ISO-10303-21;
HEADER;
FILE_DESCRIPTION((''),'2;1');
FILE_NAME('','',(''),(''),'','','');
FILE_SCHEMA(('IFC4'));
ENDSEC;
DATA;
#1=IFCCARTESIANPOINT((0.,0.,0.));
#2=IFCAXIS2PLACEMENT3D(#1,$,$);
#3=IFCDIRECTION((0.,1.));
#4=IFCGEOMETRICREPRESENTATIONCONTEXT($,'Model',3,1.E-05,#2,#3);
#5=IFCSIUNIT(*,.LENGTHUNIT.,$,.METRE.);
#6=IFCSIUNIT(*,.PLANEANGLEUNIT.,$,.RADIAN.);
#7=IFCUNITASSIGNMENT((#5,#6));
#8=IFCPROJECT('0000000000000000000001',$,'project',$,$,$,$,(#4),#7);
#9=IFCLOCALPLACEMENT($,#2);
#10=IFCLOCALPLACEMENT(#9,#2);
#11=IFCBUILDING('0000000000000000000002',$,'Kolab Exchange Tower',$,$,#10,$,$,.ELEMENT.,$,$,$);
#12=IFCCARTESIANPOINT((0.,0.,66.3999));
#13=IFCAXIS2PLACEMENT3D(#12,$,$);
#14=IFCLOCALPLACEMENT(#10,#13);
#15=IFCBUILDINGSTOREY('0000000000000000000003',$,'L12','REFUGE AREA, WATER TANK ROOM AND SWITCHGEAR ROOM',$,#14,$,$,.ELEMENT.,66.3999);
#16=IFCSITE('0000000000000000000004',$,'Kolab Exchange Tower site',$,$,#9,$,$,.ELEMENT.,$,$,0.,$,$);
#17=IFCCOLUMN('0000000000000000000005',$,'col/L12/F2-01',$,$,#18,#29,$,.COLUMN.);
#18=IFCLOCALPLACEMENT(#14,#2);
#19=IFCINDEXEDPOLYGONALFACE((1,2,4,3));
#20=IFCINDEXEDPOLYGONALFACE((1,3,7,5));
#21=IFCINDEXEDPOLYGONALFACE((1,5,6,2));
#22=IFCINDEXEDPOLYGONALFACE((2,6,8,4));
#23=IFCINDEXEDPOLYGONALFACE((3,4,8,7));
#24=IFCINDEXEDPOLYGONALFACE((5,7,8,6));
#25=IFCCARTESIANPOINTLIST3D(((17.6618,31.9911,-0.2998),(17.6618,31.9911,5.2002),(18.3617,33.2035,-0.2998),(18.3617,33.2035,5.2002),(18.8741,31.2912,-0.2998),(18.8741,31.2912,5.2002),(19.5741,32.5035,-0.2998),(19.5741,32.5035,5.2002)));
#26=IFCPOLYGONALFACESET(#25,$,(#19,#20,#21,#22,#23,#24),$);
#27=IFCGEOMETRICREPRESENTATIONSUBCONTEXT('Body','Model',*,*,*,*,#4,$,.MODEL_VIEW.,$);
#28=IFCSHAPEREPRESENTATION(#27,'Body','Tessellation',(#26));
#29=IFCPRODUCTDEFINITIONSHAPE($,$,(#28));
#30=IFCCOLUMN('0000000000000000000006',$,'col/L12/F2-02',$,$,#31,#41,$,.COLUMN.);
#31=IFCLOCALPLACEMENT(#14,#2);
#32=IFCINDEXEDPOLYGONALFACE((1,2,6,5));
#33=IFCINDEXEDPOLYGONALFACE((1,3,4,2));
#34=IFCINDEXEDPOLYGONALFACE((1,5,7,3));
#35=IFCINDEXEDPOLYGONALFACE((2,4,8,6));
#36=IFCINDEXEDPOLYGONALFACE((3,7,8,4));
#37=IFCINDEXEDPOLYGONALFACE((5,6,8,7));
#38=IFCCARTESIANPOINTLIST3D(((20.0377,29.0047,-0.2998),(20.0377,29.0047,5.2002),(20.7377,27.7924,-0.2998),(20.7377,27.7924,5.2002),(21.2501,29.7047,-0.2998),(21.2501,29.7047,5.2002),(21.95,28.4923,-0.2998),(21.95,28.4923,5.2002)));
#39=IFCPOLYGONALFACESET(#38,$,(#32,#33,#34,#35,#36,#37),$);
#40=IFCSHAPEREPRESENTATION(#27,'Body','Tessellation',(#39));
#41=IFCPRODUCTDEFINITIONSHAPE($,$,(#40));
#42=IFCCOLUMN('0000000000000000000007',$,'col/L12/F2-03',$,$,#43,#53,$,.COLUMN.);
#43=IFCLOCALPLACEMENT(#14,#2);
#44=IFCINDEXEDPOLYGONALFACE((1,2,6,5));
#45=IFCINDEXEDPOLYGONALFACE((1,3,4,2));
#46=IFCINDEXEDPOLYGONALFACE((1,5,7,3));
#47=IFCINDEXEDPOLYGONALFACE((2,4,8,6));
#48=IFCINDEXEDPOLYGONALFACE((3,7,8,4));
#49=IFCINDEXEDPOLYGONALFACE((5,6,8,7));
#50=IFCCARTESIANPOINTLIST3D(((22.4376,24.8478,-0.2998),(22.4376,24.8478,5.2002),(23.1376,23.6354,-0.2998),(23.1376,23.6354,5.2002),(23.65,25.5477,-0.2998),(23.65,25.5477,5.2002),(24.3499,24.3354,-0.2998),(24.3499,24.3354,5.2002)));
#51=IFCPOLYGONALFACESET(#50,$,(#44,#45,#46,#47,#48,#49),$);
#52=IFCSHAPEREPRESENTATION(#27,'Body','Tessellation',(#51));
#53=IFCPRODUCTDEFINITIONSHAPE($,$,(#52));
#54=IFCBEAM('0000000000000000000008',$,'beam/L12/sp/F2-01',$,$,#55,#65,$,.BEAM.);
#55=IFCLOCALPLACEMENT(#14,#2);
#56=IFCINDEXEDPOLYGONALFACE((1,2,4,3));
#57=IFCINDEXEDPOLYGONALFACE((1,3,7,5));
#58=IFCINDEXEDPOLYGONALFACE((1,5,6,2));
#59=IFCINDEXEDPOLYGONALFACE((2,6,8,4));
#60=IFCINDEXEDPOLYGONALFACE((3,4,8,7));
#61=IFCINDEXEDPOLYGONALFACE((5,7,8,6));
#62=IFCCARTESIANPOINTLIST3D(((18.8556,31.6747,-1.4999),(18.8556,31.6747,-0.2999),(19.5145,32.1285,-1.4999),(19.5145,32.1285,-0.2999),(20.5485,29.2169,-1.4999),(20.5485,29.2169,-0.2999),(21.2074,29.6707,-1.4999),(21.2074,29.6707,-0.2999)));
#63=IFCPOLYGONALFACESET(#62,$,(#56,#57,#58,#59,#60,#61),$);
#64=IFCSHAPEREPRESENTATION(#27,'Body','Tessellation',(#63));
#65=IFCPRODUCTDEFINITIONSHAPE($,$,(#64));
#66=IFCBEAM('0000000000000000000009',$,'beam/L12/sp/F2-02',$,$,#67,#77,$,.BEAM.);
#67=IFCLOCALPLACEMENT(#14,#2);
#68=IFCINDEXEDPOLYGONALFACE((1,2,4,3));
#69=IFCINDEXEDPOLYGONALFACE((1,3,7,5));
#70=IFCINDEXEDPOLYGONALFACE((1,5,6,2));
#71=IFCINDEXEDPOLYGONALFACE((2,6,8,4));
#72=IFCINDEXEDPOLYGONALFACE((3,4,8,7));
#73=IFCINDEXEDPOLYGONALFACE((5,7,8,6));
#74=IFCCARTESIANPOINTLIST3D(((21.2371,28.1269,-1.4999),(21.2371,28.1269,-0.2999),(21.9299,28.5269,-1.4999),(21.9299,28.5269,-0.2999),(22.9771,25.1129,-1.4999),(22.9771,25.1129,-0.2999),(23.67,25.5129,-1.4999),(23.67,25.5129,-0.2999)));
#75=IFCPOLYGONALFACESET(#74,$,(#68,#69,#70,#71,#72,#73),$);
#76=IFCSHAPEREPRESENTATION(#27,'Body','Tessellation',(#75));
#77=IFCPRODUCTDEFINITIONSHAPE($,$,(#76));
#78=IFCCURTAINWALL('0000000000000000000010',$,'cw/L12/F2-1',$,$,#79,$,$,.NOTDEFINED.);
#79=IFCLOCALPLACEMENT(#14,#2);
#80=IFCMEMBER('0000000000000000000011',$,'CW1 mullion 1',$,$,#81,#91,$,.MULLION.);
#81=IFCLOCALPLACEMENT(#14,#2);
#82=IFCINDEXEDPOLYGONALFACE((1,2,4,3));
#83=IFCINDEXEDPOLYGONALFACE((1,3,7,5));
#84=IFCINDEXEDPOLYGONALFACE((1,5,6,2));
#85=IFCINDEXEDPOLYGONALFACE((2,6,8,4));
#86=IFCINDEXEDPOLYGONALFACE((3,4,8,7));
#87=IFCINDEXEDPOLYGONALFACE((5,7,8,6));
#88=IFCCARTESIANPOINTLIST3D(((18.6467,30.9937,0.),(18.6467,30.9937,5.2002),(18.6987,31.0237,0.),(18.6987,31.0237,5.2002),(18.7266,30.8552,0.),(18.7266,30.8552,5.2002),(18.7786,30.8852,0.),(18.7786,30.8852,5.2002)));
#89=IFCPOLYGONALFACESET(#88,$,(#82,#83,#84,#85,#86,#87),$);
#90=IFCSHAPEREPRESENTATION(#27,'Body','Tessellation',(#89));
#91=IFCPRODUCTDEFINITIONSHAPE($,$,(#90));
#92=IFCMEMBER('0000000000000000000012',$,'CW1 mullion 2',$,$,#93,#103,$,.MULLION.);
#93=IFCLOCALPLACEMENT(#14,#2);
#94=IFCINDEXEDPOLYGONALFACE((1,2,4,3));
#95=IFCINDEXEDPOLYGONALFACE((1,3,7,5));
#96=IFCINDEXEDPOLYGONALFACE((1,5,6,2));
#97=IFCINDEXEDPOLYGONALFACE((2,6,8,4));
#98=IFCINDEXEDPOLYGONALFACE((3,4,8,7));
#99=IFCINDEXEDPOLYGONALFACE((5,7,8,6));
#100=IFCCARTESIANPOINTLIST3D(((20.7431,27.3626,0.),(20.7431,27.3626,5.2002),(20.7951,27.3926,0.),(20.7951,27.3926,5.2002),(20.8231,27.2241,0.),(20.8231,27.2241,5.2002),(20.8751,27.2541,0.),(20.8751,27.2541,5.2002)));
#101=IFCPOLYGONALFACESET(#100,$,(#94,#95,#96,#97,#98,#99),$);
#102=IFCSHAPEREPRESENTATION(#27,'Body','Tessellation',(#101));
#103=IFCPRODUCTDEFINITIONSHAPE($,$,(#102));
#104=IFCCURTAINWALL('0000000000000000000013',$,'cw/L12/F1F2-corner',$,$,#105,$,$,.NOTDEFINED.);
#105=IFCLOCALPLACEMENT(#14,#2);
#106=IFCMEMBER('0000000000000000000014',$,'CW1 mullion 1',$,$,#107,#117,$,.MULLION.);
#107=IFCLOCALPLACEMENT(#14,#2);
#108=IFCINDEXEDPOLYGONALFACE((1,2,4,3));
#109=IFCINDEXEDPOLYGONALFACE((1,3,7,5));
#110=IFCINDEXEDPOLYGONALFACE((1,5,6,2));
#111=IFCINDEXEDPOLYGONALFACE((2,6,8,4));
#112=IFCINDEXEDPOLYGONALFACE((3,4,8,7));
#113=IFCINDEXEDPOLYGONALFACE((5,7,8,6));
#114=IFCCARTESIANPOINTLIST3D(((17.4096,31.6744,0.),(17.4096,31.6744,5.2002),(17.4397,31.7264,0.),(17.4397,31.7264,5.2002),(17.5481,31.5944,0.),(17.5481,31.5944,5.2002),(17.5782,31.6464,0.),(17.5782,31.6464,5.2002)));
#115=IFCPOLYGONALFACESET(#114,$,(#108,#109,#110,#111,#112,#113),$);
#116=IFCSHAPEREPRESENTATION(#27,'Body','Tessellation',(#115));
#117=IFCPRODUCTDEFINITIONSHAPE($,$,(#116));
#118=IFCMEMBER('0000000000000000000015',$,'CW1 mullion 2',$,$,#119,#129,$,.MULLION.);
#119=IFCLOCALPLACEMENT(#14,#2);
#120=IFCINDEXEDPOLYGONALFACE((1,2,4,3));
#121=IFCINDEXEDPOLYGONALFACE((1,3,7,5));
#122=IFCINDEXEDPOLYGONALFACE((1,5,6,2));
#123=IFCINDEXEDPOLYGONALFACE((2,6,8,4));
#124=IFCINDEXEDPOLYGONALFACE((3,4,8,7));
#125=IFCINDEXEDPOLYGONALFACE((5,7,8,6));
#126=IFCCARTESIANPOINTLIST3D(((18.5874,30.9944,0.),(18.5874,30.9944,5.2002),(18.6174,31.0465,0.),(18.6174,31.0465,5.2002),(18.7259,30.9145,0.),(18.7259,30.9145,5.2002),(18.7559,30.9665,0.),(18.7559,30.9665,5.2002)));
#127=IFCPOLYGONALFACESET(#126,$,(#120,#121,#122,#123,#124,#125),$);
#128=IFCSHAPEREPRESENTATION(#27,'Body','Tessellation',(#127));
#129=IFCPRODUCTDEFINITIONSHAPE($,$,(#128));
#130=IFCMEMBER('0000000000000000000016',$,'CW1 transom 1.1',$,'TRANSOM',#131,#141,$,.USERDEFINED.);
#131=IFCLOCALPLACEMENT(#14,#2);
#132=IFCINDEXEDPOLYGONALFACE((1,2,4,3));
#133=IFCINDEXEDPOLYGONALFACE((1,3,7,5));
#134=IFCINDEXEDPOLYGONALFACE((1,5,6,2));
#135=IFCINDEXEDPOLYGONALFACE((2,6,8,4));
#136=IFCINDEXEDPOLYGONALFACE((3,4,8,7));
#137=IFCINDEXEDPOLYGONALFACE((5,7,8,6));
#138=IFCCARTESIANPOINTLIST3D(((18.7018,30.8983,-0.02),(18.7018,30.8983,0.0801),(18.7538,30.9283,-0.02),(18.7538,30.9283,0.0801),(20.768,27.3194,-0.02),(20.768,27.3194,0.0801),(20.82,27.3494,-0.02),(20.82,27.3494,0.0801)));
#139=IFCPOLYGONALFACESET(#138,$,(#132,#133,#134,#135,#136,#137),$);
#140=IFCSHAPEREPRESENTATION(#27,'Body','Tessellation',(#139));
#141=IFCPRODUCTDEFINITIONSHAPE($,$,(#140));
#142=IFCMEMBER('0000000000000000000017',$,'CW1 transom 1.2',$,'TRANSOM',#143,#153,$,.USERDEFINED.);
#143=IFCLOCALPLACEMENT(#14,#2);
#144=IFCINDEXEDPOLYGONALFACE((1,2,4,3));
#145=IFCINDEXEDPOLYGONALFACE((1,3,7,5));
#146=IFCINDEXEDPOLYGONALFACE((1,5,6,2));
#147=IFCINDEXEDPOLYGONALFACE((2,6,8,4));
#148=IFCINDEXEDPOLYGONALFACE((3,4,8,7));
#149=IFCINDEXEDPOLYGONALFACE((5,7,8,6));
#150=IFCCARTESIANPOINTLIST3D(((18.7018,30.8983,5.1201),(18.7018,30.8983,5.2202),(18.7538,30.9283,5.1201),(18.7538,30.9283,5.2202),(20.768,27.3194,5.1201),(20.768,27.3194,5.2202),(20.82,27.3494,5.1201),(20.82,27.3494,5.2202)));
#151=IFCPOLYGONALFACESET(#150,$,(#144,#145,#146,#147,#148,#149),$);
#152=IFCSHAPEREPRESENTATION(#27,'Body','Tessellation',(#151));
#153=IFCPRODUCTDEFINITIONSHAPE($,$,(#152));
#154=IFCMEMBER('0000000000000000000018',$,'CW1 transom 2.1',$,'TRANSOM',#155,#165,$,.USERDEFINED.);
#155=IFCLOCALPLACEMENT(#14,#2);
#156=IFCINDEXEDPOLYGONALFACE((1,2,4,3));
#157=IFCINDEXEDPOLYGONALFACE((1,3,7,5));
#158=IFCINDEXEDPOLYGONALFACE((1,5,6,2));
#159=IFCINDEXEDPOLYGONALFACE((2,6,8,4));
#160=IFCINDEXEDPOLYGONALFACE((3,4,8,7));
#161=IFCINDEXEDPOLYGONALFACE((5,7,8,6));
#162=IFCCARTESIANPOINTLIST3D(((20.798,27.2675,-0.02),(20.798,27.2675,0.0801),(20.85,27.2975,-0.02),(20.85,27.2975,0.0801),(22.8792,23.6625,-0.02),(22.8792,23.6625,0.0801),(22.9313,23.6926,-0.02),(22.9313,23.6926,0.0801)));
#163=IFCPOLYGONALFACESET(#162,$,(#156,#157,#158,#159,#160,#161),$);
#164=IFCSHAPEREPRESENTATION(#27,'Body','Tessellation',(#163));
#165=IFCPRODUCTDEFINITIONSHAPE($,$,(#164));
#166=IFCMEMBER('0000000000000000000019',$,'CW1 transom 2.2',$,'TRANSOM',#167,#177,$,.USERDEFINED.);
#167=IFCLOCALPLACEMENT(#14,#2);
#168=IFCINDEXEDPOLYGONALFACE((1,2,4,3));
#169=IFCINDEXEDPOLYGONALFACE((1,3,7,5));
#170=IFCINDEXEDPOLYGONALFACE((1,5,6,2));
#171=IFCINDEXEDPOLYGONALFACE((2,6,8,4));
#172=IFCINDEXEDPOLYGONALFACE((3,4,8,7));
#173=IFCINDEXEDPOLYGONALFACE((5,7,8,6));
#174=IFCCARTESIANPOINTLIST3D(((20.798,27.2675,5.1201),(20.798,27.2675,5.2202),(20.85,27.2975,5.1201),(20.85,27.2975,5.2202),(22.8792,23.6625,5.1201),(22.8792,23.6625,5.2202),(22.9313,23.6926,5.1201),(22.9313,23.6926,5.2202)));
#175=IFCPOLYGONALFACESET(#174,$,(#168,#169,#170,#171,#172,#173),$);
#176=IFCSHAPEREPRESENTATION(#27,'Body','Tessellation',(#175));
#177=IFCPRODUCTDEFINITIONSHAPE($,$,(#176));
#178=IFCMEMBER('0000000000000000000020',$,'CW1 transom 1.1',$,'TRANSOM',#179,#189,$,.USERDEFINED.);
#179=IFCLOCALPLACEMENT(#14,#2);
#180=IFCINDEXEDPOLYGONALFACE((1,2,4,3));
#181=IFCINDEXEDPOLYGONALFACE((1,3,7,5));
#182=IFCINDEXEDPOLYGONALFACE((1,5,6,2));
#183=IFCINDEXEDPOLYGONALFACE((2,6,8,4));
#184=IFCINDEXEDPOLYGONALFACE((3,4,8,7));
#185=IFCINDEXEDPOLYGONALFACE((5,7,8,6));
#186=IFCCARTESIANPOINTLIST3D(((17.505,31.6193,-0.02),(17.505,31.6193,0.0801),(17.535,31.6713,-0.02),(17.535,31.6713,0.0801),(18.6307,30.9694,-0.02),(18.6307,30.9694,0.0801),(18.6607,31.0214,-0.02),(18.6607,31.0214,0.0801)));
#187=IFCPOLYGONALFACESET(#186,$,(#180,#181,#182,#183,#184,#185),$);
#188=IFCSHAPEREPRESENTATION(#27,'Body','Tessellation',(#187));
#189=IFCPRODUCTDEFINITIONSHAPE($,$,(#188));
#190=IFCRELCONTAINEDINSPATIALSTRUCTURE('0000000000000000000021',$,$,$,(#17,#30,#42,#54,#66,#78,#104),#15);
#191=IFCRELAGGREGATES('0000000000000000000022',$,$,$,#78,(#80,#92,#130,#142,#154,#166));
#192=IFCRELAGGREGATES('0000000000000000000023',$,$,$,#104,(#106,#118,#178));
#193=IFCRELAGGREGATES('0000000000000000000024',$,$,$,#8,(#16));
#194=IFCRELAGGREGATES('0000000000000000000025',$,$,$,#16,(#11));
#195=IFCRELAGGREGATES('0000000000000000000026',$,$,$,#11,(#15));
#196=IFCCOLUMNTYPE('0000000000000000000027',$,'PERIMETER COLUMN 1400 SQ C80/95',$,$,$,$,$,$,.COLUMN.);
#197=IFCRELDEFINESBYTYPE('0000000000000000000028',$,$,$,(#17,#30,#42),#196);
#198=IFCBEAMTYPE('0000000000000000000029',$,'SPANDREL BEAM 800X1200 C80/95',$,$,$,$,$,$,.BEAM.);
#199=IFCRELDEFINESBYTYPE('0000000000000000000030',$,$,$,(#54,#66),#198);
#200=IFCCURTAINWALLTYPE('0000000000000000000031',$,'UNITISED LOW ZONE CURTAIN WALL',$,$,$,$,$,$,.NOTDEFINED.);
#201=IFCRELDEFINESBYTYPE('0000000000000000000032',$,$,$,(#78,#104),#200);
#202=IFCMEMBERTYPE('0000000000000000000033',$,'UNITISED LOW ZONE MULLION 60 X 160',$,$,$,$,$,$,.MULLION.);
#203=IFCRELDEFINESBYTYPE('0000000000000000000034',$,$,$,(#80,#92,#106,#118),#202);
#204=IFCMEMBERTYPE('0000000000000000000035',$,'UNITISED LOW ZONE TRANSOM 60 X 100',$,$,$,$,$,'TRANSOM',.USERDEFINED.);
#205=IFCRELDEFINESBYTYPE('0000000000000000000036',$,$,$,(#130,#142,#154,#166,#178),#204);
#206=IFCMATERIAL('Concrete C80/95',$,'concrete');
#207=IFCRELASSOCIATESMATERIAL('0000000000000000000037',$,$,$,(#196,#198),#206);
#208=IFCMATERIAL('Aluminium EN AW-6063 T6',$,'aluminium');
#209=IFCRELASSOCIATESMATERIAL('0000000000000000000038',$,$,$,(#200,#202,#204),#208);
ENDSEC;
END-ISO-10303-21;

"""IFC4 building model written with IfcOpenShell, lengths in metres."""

from ifc_helpers import new_model, si_unit, direction, frame, origin, origin_2d, place, context, subcontext, project, spatial, rectangle, extrude, material, material_profile, profile_set, type_object, element, aggregate, save


model = new_model("IFC4")

# Units and contexts
model_context = context("Model", 3, precision=1e-05, world=origin(), true_north=direction((0.0, 1.0)))
body_context = subcontext(model_context, "Body", "Model", "MODEL_VIEW")
ifc_project = project(units=[si_unit("LENGTHUNIT", "METRE"), si_unit("PLANEANGLEUNIT", "RADIAN")], contexts=[model_context])

# Site, building, storey
site_placement = place(None, origin())
site = spatial("IfcSite", under=ifc_project, at=site_placement, Name="Kolab Exchange Tower site", CompositionType="ELEMENT", RefElevation=0.0)
building_placement = place(site_placement, origin())
building = spatial("IfcBuilding", under=site, at=building_placement, Name="Kolab Exchange Tower", CompositionType="ELEMENT")
storey_placement = place(building_placement, frame((0.0, 0.0, 66.3999)))
storey = spatial("IfcBuildingStorey", under=building, at=storey_placement, Name="L12", Description="REFUGE AREA, WATER TANK ROOM AND SWITCHGEAR ROOM", CompositionType="ELEMENT", Elevation=66.3999)

# Columns
ifc_material_1 = material(Name="Concrete C80/95", Category="concrete")
ifc_material_profile_1 = material_profile(ifc_material_1, rectangle(XDim=1.3999, YDim=1.3999, at=origin_2d()), Name="RC1400")
ifc_profile_set_1 = profile_set([ifc_material_profile_1], Name="Concrete C80/95")
column_type = type_object("IfcColumnType", Name="PERIMETER COLUMN 1400 SQ C80/95", PredefinedType="COLUMN", material=ifc_profile_set_1)
for number, where, z_axis, x_axis, name in (
    (1, (18.6179, 32.2473, -0.2998), (0.0, 0.0, 1.0), (0.5, 0.866025, 0.0), "col/L12/F2-01"),
    (2, (20.9939, 28.7485, -0.2998), (0.0, 0.0, 1.0), (0.866025, 0.5, 0.0), "col/L12/F2-02"),
    (3, (23.3938, 24.5916, -0.2998), (0.0, 0.0, 1.0), (0.866025, 0.5, 0.0), "col/L12/F2-03"),
):
    element("IfcColumn", number, at=place(storey_placement, frame(where, z_axis=z_axis, x_axis=x_axis)), inside=storey, type_object=column_type, Name=name, PredefinedType="COLUMN", context=body_context, shape_type="SweptSolid", body=[
        extrude(rectangle(XDim=1.3999, YDim=1.3999, at=origin_2d()), origin(), (0.0, 0.0, 1.0), 5.5),
    ])

# Beams
ifc_material_profile_2 = material_profile(ifc_material_1, rectangle(XDim=0.8, YDim=1.2, at=origin_2d()), Name="RC800X1200")
ifc_profile_set_2 = profile_set([ifc_material_profile_2], Name="Concrete C80/95")
beam_type = type_object("IfcBeamType", Name="SPANDREL BEAM 800X1200 C80/95", PredefinedType="BEAM", material=ifc_profile_set_2)
beam_1_placement = place(storey_placement, frame((19.1851, 31.9016, -0.8999), z_axis=(0.567247, -0.823548, 0.0), x_axis=(0.823548, 0.567247, 0.0)))
element("IfcBeam", 4, at=beam_1_placement, inside=storey, type_object=beam_type, Name="beam/L12/sp/F2-01", PredefinedType="BEAM", context=body_context, shape_type="SweptSolid", body=[
    extrude(rectangle(XDim=0.8, YDim=1.2, at=origin_2d()), origin(), (0.0, 0.0, 1.0), 2.9844),
])
beam_2_placement = place(storey_placement, frame((21.5835, 28.3269, -0.8999), z_axis=(0.49998, -0.866037, 0.0), x_axis=(0.866037, 0.49998, 0.0)))
element("IfcBeam", 5, at=beam_2_placement, inside=storey, type_object=beam_type, Name="beam/L12/sp/F2-02", PredefinedType="BEAM", context=body_context, shape_type="SweptSolid", body=[
    extrude(rectangle(XDim=0.8, YDim=1.2, at=origin_2d()), origin(), (0.0, 0.0, 1.0), 3.4802),
])

# Curtain walls, members
ifc_material_2 = material(Name="Aluminium EN AW-6063 T6", Category="aluminium")
curtain_wall_type = type_object("IfcCurtainWallType", Name="UNITISED LOW ZONE CURTAIN WALL", PredefinedType="NOTDEFINED", material=ifc_material_2)
curtain_wall_1_placement = place(storey_placement, origin())
curtain_wall_1 = element("IfcCurtainWall", 6, at=curtain_wall_1_placement, inside=storey, type_object=curtain_wall_type, Name="cw/L12/F2-1", PredefinedType="NOTDEFINED")
ifc_material_profile_3 = material_profile(ifc_material_2, rectangle(XDim=0.0601, YDim=0.1599, at=origin_2d()), Name="RECT 60X160")
ifc_profile_set_3 = profile_set([ifc_material_profile_3], Name="Aluminium EN AW-6063 T6")
member_type_1 = type_object("IfcMemberType", Name="UNITISED LOW ZONE MULLION 60 X 160", PredefinedType="MULLION", material=ifc_profile_set_3)
member_1_placement = place(storey_placement, frame((18.7126, 30.9395, 0.0), z_axis=(0.0, 0.0, 1.0), x_axis=(0.866025, 0.5, 0.0)))
member_1 = element("IfcMember", 7, at=member_1_placement, type_object=member_type_1, Name="CW1 mullion 1", PredefinedType="MULLION", context=body_context, shape_type="SweptSolid", body=[
    extrude(rectangle(XDim=0.0601, YDim=0.1599, at=origin_2d()), origin(), (0.0, 0.0, 1.0), 5.2002),
])
member_2_placement = place(storey_placement, frame((20.8091, 27.3083, 0.0), z_axis=(0.0, 0.0, 1.0), x_axis=(0.866025, 0.5, 0.0)))
member_2 = element("IfcMember", 8, at=member_2_placement, type_object=member_type_1, Name="CW1 mullion 2", PredefinedType="MULLION", context=body_context, shape_type="SweptSolid", body=[
    extrude(rectangle(XDim=0.0601, YDim=0.1599, at=origin_2d()), origin(), (0.0, 0.0, 1.0), 5.2002),
])
curtain_wall_2_placement = place(storey_placement, origin())
curtain_wall_2 = element("IfcCurtainWall", 9, at=curtain_wall_2_placement, inside=storey, type_object=curtain_wall_type, Name="cw/L12/F1F2-corner", PredefinedType="NOTDEFINED")
member_3_placement = place(storey_placement, frame((17.4939, 31.6604, 0.0), z_axis=(0.0, 0.0, 1.0), x_axis=(0.5, 0.866025, 0.0)))
member_3 = element("IfcMember", 10, at=member_3_placement, type_object=member_type_1, Name="CW1 mullion 1", PredefinedType="MULLION", context=body_context, shape_type="SweptSolid", body=[
    extrude(rectangle(XDim=0.0601, YDim=0.1599, at=origin_2d()), origin(), (0.0, 0.0, 1.0), 5.2002),
])
member_4_placement = place(storey_placement, frame((18.6716, 30.9805, 0.0), z_axis=(0.0, 0.0, 1.0), x_axis=(0.5, 0.866025, 0.0)))
member_4 = element("IfcMember", 11, at=member_4_placement, type_object=member_type_1, Name="CW1 mullion 2", PredefinedType="MULLION", context=body_context, shape_type="SweptSolid", body=[
    extrude(rectangle(XDim=0.0601, YDim=0.1599, at=origin_2d()), origin(), (0.0, 0.0, 1.0), 5.2002),
])

# Members
ifc_material_profile_4 = material_profile(ifc_material_2, rectangle(XDim=0.0601, YDim=0.1001, at=origin_2d()), Name="RECT 60X100")
ifc_profile_set_4 = profile_set([ifc_material_profile_4], Name="Aluminium EN AW-6063 T6")
member_type_2 = type_object("IfcMemberType", Name="UNITISED LOW ZONE TRANSOM 60 X 100", ElementType="TRANSOM", PredefinedType="USERDEFINED", material=ifc_profile_set_4)
member_5_placement = place(storey_placement, frame((18.7278, 30.9133, 0.03), z_axis=(0.499983, -0.866035, 0.0), x_axis=(0.866035, 0.499983, 0.0)))
member_5 = element("IfcMember", 12, at=member_5_placement, type_object=member_type_2, Name="CW1 transom 1.1", ObjectType="TRANSOM", PredefinedType="USERDEFINED", context=body_context, shape_type="SweptSolid", body=[
    extrude(rectangle(XDim=0.0601, YDim=0.1001, at=origin_2d()), origin(), (0.0, 0.0, 1.0), 4.1326),
])
member_6_placement = place(storey_placement, frame((18.7278, 30.9133, 5.1702), z_axis=(0.499983, -0.866035, 0.0), x_axis=(0.866035, 0.499983, 0.0)))
member_6 = element("IfcMember", 13, at=member_6_placement, type_object=member_type_2, Name="CW1 transom 1.2", ObjectType="TRANSOM", PredefinedType="USERDEFINED", context=body_context, shape_type="SweptSolid", body=[
    extrude(rectangle(XDim=0.0601, YDim=0.1001, at=origin_2d()), origin(), (0.0, 0.0, 1.0), 4.1326),
])
member_7_placement = place(storey_placement, frame((20.824, 27.2825, 0.03), z_axis=(0.499993, -0.866029, 0.0), x_axis=(0.866029, 0.499993, 0.0)))
member_7 = element("IfcMember", 14, at=member_7_placement, type_object=member_type_2, Name="CW1 transom 2.1", ObjectType="TRANSOM", PredefinedType="USERDEFINED", context=body_context, shape_type="SweptSolid", body=[
    extrude(rectangle(XDim=0.0601, YDim=0.1001, at=origin_2d()), origin(), (0.0, 0.0, 1.0), 4.1626),
])
member_8_placement = place(storey_placement, frame((20.824, 27.2825, 5.1702), z_axis=(0.499993, -0.866029, 0.0), x_axis=(0.866029, 0.499993, 0.0)))
member_8 = element("IfcMember", 15, at=member_8_placement, type_object=member_type_2, Name="CW1 transom 2.2", ObjectType="TRANSOM", PredefinedType="USERDEFINED", context=body_context, shape_type="SweptSolid", body=[
    extrude(rectangle(XDim=0.0601, YDim=0.1001, at=origin_2d()), origin(), (0.0, 0.0, 1.0), 4.1626),
])
member_9_placement = place(storey_placement, frame((17.52, 31.6453, 0.03), z_axis=(0.866039, -0.499977, 0.0), x_axis=(0.499977, 0.866039, 0.0)))
member_9 = element("IfcMember", 16, at=member_9_placement, type_object=member_type_2, Name="CW1 transom 1.1", ObjectType="TRANSOM", PredefinedType="USERDEFINED", context=body_context, shape_type="SweptSolid", body=[
    extrude(rectangle(XDim=0.0601, YDim=0.1001, at=origin_2d()), origin(), (0.0, 0.0, 1.0), 1.2998),
])

aggregate(curtain_wall_1, [member_1, member_2, member_5, member_6, member_7, member_8])
aggregate(curtain_wall_2, [member_3, member_4, member_9])

save(model, "model.ifc")
